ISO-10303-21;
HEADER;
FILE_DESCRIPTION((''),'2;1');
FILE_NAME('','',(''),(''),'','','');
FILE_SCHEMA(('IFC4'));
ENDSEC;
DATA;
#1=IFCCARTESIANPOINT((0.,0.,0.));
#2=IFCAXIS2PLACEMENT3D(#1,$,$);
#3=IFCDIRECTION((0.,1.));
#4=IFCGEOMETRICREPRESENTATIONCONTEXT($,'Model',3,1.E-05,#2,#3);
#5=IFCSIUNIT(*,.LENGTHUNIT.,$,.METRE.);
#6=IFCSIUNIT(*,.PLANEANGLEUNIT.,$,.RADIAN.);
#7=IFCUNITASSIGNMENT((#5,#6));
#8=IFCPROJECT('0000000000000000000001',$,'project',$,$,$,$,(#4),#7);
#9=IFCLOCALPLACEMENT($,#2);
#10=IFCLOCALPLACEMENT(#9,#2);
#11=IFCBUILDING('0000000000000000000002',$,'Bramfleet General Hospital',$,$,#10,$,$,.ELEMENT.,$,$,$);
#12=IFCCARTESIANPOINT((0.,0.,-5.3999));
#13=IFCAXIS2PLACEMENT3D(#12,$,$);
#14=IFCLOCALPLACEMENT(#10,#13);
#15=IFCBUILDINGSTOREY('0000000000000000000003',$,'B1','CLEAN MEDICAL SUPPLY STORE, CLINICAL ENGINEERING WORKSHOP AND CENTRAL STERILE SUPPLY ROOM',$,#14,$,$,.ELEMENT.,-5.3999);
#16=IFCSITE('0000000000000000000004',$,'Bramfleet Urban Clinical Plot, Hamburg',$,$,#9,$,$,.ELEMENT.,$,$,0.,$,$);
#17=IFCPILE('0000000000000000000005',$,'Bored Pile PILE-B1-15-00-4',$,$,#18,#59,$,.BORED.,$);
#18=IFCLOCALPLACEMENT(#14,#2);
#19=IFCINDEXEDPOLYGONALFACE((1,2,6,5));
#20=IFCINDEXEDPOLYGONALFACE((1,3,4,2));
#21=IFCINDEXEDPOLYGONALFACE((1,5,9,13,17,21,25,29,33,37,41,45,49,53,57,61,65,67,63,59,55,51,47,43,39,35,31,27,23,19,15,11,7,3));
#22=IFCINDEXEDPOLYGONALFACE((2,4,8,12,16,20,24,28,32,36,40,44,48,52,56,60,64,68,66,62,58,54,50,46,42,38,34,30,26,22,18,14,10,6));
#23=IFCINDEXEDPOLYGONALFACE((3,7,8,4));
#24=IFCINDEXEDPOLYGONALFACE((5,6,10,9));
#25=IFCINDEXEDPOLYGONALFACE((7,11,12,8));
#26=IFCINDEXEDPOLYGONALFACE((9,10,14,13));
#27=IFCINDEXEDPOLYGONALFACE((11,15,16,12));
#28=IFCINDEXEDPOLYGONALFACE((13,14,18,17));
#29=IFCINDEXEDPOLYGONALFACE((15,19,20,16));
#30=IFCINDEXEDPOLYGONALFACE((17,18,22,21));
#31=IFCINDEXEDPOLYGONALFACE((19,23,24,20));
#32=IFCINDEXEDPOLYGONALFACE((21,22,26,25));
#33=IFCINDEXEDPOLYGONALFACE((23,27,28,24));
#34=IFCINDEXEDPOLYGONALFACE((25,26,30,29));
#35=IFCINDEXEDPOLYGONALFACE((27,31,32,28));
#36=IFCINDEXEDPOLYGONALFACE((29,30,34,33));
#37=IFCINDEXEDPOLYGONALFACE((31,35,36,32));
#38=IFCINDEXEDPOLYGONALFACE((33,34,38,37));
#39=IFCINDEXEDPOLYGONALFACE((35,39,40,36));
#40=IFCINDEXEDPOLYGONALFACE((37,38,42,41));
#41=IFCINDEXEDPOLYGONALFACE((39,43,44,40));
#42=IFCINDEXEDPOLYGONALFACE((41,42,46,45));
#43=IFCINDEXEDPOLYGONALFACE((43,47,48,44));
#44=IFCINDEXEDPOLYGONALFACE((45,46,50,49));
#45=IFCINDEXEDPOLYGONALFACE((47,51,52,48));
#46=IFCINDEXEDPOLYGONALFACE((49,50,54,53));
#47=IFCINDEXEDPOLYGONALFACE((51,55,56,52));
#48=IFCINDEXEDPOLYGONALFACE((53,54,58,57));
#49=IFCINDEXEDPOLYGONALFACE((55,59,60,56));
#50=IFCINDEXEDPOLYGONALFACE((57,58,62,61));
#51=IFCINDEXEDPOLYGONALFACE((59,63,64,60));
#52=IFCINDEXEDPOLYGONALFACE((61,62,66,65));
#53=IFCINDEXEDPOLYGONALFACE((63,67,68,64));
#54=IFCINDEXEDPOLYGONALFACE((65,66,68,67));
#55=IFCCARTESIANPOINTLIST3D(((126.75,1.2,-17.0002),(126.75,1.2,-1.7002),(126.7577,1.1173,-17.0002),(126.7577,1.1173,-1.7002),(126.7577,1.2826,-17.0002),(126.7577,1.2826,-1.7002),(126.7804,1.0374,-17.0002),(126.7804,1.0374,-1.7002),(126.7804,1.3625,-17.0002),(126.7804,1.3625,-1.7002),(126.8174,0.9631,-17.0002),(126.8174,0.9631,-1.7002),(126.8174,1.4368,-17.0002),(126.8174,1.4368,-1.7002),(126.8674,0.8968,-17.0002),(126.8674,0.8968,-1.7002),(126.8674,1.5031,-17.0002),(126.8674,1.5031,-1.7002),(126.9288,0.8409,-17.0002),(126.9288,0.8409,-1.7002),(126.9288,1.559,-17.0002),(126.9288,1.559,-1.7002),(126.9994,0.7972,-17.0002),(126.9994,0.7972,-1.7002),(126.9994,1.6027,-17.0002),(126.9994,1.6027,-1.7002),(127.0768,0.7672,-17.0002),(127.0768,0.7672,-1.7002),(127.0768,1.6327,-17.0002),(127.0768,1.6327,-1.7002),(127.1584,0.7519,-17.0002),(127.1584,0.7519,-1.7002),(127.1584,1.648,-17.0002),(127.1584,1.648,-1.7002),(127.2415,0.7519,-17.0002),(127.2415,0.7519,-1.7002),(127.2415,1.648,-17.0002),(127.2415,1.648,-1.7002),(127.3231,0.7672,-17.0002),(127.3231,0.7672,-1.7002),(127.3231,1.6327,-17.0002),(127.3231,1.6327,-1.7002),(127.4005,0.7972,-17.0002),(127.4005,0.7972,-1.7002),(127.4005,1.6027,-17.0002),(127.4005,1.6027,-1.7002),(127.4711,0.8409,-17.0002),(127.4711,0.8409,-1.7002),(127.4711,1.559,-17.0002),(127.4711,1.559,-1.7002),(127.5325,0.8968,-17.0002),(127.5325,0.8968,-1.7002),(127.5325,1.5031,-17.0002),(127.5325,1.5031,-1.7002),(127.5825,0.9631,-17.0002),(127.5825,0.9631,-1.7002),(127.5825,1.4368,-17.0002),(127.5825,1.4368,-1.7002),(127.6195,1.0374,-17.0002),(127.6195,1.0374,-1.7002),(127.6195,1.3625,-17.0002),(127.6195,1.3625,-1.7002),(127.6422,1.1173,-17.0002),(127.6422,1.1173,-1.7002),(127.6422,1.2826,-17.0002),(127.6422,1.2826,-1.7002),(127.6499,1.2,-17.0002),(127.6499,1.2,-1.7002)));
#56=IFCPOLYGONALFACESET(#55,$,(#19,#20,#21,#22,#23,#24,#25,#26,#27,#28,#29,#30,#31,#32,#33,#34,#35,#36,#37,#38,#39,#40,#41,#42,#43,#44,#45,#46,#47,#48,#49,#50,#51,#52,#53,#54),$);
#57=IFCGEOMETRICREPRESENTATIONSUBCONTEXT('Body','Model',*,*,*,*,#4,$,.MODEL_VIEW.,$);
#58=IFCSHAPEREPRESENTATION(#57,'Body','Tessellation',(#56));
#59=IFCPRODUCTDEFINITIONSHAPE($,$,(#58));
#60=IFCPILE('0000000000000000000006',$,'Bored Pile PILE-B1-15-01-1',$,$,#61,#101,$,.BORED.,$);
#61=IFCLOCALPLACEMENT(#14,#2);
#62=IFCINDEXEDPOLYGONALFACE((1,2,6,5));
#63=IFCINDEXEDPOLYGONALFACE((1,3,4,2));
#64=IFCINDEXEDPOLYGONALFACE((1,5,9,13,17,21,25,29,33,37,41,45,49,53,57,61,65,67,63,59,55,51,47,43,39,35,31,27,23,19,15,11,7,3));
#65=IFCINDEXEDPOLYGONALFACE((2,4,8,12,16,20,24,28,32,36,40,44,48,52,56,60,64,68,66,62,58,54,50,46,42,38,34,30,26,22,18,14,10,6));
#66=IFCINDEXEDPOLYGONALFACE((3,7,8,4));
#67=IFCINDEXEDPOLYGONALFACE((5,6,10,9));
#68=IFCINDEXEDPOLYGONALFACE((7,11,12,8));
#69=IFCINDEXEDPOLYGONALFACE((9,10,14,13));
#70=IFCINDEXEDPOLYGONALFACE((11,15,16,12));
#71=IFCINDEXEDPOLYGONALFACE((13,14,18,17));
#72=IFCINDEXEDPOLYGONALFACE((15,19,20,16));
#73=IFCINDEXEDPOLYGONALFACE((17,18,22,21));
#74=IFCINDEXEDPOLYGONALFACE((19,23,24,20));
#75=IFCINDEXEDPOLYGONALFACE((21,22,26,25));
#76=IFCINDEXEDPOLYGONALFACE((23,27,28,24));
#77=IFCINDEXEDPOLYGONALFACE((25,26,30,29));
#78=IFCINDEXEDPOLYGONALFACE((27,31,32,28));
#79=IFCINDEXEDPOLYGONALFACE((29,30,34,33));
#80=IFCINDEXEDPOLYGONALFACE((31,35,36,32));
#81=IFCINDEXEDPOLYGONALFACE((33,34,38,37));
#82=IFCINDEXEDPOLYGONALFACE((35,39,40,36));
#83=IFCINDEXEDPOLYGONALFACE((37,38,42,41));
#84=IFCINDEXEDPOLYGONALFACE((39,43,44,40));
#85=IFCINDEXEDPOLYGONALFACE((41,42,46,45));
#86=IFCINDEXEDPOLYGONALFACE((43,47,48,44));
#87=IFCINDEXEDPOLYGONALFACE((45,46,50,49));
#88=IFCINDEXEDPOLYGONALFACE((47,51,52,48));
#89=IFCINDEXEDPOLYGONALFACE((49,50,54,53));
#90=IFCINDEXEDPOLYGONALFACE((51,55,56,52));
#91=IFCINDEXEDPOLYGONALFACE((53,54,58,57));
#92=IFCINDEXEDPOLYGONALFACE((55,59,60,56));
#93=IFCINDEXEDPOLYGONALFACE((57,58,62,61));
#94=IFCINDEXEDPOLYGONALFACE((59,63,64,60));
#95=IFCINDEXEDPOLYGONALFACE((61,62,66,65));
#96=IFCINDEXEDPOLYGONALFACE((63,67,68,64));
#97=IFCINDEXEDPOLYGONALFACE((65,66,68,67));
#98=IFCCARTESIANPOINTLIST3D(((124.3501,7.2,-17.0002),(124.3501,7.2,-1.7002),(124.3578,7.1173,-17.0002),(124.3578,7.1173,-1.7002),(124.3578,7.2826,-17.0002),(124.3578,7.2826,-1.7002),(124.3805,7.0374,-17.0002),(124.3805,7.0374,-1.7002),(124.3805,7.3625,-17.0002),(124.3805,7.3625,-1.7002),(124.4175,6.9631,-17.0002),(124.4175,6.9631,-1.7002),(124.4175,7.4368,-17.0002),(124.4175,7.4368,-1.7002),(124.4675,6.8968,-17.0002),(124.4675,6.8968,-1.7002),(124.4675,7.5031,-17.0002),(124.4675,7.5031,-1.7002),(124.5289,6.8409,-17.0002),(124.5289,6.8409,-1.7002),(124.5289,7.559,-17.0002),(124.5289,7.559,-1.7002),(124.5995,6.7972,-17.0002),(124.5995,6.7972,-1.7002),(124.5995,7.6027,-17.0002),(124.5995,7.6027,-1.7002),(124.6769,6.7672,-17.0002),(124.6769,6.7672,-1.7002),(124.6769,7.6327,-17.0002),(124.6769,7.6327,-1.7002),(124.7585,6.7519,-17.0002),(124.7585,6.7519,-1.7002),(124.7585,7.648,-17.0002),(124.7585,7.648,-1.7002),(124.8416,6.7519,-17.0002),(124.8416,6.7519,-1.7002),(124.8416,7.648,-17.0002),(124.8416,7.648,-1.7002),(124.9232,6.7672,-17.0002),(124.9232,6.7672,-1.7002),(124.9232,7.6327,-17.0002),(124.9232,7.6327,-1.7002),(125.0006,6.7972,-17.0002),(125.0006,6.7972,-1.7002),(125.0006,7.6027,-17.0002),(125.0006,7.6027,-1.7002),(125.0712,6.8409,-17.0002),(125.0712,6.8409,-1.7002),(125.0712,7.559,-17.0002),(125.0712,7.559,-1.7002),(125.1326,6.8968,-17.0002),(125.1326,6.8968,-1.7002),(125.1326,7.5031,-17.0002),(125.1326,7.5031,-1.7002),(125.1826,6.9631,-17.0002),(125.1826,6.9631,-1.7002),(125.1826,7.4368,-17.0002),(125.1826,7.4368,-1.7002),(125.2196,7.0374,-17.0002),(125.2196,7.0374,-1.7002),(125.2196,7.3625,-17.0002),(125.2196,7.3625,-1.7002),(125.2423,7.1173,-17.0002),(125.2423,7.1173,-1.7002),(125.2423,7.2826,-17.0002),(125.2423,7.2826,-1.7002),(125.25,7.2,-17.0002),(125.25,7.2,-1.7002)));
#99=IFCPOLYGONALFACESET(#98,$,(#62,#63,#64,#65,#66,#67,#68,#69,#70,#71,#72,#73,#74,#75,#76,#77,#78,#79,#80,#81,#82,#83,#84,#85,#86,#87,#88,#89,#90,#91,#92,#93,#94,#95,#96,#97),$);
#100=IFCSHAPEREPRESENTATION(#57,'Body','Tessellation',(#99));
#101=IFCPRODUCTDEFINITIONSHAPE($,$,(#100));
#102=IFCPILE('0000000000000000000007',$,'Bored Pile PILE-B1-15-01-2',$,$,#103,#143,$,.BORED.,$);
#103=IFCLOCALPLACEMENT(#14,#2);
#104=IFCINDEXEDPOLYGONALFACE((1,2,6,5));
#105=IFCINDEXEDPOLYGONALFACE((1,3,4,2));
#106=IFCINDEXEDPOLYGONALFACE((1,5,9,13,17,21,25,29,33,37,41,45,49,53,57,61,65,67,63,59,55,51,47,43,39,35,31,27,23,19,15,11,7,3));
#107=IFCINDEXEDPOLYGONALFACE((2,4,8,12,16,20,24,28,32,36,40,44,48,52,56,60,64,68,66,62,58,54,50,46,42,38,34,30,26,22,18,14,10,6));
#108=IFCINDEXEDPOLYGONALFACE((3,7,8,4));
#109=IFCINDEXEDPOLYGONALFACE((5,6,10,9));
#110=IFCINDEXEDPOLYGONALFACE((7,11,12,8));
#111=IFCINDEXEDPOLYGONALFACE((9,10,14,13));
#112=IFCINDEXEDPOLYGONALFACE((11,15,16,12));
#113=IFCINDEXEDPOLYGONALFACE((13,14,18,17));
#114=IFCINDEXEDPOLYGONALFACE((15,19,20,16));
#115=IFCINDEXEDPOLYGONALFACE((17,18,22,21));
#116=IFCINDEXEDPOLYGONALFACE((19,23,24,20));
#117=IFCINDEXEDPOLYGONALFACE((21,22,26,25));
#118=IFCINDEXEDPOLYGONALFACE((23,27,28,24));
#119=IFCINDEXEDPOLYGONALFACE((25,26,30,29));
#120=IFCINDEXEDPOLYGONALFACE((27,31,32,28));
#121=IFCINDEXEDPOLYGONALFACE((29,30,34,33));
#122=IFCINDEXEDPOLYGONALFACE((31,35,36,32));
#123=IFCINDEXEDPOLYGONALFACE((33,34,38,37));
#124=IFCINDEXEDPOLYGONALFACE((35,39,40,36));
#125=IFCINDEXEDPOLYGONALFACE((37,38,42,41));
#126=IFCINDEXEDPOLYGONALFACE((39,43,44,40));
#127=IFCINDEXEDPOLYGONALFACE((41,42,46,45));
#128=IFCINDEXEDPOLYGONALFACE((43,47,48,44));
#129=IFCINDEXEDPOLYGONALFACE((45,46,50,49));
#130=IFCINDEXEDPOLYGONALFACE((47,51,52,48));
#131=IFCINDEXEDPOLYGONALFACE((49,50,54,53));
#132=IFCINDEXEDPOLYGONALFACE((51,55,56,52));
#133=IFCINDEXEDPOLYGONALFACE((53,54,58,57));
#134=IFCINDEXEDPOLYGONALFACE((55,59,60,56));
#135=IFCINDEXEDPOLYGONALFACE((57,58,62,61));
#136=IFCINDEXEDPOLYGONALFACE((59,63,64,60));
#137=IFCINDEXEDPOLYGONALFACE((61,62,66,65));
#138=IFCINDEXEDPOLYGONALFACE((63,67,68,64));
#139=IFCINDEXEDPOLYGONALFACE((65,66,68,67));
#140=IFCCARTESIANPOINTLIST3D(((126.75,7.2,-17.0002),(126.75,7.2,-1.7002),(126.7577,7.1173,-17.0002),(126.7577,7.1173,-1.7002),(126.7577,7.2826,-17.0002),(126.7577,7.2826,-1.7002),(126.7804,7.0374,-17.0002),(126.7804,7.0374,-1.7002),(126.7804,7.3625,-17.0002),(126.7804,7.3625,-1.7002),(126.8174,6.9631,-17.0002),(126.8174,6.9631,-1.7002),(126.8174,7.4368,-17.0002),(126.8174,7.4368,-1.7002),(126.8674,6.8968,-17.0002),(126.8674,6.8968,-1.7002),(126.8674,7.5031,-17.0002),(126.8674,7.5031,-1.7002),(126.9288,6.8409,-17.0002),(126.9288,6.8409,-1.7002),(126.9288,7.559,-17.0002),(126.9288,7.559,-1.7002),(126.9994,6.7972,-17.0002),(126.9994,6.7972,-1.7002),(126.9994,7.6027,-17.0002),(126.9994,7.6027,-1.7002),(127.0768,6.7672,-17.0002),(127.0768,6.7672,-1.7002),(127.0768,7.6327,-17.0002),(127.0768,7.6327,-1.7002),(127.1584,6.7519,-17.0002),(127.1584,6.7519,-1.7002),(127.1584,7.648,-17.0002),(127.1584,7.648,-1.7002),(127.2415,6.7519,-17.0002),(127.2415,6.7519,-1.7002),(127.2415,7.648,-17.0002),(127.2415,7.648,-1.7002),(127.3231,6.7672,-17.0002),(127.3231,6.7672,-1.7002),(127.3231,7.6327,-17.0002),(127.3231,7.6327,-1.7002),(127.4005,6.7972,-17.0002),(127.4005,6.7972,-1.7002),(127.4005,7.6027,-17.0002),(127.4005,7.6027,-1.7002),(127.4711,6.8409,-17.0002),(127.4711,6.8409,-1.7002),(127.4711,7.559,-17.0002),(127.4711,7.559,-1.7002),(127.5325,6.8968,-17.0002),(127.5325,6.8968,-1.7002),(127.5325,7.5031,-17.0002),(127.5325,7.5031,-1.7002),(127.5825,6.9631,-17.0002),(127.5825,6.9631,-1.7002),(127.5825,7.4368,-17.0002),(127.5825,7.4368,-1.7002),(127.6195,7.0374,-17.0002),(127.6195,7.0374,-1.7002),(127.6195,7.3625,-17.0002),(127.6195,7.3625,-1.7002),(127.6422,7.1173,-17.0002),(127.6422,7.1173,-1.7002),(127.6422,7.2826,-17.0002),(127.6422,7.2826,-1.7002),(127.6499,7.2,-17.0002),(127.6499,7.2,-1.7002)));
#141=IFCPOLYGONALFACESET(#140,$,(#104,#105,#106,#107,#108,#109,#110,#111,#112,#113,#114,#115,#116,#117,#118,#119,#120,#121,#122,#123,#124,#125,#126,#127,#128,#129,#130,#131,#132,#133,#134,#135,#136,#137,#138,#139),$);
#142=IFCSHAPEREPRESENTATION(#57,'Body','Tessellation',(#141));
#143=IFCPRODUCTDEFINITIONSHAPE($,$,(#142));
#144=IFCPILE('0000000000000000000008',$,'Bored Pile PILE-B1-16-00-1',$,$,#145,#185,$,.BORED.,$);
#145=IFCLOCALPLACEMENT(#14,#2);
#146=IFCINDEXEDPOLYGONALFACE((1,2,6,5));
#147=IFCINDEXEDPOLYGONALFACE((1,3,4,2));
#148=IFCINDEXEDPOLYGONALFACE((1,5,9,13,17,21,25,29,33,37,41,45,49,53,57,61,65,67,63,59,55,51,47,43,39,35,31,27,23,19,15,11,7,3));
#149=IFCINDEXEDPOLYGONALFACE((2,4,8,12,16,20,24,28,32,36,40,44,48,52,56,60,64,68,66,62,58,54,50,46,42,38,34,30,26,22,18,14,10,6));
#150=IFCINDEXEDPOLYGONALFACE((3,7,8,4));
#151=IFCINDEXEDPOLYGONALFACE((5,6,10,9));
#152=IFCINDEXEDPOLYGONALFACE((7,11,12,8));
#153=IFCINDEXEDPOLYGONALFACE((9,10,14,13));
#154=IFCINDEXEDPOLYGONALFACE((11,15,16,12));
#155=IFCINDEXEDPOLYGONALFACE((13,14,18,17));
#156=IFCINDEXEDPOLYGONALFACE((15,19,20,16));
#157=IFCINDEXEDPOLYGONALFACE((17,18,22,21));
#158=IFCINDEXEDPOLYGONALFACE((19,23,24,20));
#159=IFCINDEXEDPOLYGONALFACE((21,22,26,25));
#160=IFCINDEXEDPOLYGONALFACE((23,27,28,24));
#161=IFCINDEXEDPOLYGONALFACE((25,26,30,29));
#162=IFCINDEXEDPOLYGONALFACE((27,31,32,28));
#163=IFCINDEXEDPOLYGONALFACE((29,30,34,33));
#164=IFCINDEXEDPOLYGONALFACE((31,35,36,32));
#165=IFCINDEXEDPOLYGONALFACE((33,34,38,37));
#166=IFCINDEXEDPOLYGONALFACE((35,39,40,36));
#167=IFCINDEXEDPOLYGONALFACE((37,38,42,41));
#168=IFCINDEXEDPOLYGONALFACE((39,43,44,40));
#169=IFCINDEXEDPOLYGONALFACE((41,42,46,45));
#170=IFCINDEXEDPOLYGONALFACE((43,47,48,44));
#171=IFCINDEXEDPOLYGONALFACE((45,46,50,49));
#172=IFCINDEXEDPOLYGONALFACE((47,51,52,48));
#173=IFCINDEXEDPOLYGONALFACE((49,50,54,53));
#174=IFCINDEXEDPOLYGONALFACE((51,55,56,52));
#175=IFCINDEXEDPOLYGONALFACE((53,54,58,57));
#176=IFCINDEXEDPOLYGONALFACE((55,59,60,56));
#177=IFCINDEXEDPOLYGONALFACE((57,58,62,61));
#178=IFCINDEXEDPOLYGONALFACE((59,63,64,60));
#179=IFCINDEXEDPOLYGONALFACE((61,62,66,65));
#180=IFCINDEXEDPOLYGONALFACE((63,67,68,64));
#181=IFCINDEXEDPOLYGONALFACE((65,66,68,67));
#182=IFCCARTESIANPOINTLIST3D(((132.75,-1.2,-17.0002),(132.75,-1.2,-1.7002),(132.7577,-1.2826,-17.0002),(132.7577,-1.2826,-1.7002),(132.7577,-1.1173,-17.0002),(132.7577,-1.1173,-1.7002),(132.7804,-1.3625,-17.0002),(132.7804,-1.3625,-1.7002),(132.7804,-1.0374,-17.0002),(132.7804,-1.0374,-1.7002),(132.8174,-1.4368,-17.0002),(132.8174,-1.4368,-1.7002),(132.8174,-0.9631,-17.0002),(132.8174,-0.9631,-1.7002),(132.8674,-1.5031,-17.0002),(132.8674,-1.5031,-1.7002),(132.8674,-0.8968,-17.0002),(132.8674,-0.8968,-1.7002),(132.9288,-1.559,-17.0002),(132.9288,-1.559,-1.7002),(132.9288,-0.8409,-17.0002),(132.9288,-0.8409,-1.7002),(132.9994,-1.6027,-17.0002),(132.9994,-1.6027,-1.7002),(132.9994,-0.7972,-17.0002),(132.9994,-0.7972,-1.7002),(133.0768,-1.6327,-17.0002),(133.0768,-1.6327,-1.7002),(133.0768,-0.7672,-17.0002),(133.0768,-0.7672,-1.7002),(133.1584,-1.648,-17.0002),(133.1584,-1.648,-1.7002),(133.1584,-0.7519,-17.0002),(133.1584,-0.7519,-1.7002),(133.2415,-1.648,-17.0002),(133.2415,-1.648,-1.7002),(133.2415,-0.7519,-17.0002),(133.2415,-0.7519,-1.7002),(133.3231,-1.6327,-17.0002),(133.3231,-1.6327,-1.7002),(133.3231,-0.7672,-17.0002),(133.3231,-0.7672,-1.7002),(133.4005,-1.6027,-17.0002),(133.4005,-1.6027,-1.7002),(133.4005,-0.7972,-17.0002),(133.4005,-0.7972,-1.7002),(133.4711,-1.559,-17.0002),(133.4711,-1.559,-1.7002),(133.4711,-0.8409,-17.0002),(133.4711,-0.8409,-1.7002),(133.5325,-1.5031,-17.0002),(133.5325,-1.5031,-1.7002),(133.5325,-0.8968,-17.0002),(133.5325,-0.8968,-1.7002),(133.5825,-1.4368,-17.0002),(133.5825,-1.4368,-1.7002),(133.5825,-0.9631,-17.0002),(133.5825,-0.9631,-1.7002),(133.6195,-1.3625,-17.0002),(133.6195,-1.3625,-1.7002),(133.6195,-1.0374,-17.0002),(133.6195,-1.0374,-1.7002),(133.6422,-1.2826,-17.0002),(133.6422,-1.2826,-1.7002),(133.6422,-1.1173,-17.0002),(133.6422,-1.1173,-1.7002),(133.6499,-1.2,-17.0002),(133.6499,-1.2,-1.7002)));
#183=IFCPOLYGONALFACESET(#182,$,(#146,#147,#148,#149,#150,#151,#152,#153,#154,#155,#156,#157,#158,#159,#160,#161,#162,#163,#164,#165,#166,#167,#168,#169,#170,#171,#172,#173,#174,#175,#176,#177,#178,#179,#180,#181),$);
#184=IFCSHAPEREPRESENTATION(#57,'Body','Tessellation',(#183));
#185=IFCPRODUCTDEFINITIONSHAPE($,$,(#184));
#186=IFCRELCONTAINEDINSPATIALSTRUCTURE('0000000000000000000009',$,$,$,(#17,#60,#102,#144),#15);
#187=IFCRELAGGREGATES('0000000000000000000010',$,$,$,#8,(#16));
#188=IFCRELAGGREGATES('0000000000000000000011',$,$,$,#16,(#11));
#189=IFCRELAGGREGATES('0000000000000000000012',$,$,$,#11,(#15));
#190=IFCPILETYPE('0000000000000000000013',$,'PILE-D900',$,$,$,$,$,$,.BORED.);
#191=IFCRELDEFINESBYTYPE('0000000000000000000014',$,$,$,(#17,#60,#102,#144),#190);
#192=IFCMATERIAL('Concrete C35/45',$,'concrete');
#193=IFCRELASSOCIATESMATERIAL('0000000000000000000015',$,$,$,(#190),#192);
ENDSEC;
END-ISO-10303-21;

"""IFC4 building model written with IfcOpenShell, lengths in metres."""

from ifc_helpers import new_model, si_unit, direction, frame, origin, origin_2d, place, context, subcontext, project, spatial, circle, extrude, material, material_profile, profile_set, type_object, element, save


model = new_model("IFC4")

# Units and contexts
model_context = context("Model", 3, precision=1e-05, world=origin(), true_north=direction((0.0, 1.0)))
body_context = subcontext(model_context, "Body", "Model", "MODEL_VIEW")
ifc_project = project(units=[si_unit("LENGTHUNIT", "METRE"), si_unit("PLANEANGLEUNIT", "RADIAN")], contexts=[model_context])

# Site, building, storey
site_placement = place(None, origin())
site = spatial("IfcSite", under=ifc_project, at=site_placement, Name="Bramfleet Urban Clinical Plot, Hamburg", CompositionType="ELEMENT", RefElevation=0.0)
building_placement = place(site_placement, origin())
building = spatial("IfcBuilding", under=site, at=building_placement, Name="Bramfleet General Hospital", CompositionType="ELEMENT")
storey_placement = place(building_placement, frame((0.0, 0.0, -5.3999)))
storey = spatial("IfcBuildingStorey", under=building, at=storey_placement, Name="B1", Description="CLEAN MEDICAL SUPPLY STORE, CLINICAL ENGINEERING WORKSHOP AND CENTRAL STERILE SUPPLY ROOM", CompositionType="ELEMENT", Elevation=-5.3999)

# Shared definitions
ifc_material_1 = material(Name="Concrete C35/45", Category="concrete")

# Piles
ifc_material_profile_1 = material_profile(ifc_material_1, circle(Radius=0.45, at=origin_2d()), Name="PILE BORED D900")
ifc_profile_set_1 = profile_set([ifc_material_profile_1], Name="Concrete C35/45")
pile_type = type_object("IfcPileType", Name="PILE-D900", PredefinedType="BORED", material=ifc_profile_set_1)
for number, where, z_axis, x_axis, name in (
    (1, (127.2, 1.2, -1.7002), (0.0, 0.0, -1.0), (1.0, 0.0, 0.0), "Bored Pile PILE-B1-15-00-4"),
    (2, (124.8, 7.2, -1.7002), (0.0, 0.0, -1.0), (1.0, 0.0, 0.0), "Bored Pile PILE-B1-15-01-1"),
    (3, (127.2, 7.2, -1.7002), (0.0, 0.0, -1.0), (1.0, 0.0, 0.0), "Bored Pile PILE-B1-15-01-2"),
    (4, (133.2, -1.2, -1.7002), (0.0, 0.0, -1.0), (1.0, 0.0, 0.0), "Bored Pile PILE-B1-16-00-1"),
):
    element("IfcPile", number, at=place(storey_placement, frame(where, z_axis=z_axis, x_axis=x_axis)), inside=storey, type_object=pile_type, Name=name, PredefinedType="BORED", context=body_context, shape_type="SweptSolid", body=[
        extrude(circle(Radius=0.45, at=origin_2d()), origin(), (0.0, 0.0, 1.0), 15.3),
    ])

save(model, "model.ifc")
